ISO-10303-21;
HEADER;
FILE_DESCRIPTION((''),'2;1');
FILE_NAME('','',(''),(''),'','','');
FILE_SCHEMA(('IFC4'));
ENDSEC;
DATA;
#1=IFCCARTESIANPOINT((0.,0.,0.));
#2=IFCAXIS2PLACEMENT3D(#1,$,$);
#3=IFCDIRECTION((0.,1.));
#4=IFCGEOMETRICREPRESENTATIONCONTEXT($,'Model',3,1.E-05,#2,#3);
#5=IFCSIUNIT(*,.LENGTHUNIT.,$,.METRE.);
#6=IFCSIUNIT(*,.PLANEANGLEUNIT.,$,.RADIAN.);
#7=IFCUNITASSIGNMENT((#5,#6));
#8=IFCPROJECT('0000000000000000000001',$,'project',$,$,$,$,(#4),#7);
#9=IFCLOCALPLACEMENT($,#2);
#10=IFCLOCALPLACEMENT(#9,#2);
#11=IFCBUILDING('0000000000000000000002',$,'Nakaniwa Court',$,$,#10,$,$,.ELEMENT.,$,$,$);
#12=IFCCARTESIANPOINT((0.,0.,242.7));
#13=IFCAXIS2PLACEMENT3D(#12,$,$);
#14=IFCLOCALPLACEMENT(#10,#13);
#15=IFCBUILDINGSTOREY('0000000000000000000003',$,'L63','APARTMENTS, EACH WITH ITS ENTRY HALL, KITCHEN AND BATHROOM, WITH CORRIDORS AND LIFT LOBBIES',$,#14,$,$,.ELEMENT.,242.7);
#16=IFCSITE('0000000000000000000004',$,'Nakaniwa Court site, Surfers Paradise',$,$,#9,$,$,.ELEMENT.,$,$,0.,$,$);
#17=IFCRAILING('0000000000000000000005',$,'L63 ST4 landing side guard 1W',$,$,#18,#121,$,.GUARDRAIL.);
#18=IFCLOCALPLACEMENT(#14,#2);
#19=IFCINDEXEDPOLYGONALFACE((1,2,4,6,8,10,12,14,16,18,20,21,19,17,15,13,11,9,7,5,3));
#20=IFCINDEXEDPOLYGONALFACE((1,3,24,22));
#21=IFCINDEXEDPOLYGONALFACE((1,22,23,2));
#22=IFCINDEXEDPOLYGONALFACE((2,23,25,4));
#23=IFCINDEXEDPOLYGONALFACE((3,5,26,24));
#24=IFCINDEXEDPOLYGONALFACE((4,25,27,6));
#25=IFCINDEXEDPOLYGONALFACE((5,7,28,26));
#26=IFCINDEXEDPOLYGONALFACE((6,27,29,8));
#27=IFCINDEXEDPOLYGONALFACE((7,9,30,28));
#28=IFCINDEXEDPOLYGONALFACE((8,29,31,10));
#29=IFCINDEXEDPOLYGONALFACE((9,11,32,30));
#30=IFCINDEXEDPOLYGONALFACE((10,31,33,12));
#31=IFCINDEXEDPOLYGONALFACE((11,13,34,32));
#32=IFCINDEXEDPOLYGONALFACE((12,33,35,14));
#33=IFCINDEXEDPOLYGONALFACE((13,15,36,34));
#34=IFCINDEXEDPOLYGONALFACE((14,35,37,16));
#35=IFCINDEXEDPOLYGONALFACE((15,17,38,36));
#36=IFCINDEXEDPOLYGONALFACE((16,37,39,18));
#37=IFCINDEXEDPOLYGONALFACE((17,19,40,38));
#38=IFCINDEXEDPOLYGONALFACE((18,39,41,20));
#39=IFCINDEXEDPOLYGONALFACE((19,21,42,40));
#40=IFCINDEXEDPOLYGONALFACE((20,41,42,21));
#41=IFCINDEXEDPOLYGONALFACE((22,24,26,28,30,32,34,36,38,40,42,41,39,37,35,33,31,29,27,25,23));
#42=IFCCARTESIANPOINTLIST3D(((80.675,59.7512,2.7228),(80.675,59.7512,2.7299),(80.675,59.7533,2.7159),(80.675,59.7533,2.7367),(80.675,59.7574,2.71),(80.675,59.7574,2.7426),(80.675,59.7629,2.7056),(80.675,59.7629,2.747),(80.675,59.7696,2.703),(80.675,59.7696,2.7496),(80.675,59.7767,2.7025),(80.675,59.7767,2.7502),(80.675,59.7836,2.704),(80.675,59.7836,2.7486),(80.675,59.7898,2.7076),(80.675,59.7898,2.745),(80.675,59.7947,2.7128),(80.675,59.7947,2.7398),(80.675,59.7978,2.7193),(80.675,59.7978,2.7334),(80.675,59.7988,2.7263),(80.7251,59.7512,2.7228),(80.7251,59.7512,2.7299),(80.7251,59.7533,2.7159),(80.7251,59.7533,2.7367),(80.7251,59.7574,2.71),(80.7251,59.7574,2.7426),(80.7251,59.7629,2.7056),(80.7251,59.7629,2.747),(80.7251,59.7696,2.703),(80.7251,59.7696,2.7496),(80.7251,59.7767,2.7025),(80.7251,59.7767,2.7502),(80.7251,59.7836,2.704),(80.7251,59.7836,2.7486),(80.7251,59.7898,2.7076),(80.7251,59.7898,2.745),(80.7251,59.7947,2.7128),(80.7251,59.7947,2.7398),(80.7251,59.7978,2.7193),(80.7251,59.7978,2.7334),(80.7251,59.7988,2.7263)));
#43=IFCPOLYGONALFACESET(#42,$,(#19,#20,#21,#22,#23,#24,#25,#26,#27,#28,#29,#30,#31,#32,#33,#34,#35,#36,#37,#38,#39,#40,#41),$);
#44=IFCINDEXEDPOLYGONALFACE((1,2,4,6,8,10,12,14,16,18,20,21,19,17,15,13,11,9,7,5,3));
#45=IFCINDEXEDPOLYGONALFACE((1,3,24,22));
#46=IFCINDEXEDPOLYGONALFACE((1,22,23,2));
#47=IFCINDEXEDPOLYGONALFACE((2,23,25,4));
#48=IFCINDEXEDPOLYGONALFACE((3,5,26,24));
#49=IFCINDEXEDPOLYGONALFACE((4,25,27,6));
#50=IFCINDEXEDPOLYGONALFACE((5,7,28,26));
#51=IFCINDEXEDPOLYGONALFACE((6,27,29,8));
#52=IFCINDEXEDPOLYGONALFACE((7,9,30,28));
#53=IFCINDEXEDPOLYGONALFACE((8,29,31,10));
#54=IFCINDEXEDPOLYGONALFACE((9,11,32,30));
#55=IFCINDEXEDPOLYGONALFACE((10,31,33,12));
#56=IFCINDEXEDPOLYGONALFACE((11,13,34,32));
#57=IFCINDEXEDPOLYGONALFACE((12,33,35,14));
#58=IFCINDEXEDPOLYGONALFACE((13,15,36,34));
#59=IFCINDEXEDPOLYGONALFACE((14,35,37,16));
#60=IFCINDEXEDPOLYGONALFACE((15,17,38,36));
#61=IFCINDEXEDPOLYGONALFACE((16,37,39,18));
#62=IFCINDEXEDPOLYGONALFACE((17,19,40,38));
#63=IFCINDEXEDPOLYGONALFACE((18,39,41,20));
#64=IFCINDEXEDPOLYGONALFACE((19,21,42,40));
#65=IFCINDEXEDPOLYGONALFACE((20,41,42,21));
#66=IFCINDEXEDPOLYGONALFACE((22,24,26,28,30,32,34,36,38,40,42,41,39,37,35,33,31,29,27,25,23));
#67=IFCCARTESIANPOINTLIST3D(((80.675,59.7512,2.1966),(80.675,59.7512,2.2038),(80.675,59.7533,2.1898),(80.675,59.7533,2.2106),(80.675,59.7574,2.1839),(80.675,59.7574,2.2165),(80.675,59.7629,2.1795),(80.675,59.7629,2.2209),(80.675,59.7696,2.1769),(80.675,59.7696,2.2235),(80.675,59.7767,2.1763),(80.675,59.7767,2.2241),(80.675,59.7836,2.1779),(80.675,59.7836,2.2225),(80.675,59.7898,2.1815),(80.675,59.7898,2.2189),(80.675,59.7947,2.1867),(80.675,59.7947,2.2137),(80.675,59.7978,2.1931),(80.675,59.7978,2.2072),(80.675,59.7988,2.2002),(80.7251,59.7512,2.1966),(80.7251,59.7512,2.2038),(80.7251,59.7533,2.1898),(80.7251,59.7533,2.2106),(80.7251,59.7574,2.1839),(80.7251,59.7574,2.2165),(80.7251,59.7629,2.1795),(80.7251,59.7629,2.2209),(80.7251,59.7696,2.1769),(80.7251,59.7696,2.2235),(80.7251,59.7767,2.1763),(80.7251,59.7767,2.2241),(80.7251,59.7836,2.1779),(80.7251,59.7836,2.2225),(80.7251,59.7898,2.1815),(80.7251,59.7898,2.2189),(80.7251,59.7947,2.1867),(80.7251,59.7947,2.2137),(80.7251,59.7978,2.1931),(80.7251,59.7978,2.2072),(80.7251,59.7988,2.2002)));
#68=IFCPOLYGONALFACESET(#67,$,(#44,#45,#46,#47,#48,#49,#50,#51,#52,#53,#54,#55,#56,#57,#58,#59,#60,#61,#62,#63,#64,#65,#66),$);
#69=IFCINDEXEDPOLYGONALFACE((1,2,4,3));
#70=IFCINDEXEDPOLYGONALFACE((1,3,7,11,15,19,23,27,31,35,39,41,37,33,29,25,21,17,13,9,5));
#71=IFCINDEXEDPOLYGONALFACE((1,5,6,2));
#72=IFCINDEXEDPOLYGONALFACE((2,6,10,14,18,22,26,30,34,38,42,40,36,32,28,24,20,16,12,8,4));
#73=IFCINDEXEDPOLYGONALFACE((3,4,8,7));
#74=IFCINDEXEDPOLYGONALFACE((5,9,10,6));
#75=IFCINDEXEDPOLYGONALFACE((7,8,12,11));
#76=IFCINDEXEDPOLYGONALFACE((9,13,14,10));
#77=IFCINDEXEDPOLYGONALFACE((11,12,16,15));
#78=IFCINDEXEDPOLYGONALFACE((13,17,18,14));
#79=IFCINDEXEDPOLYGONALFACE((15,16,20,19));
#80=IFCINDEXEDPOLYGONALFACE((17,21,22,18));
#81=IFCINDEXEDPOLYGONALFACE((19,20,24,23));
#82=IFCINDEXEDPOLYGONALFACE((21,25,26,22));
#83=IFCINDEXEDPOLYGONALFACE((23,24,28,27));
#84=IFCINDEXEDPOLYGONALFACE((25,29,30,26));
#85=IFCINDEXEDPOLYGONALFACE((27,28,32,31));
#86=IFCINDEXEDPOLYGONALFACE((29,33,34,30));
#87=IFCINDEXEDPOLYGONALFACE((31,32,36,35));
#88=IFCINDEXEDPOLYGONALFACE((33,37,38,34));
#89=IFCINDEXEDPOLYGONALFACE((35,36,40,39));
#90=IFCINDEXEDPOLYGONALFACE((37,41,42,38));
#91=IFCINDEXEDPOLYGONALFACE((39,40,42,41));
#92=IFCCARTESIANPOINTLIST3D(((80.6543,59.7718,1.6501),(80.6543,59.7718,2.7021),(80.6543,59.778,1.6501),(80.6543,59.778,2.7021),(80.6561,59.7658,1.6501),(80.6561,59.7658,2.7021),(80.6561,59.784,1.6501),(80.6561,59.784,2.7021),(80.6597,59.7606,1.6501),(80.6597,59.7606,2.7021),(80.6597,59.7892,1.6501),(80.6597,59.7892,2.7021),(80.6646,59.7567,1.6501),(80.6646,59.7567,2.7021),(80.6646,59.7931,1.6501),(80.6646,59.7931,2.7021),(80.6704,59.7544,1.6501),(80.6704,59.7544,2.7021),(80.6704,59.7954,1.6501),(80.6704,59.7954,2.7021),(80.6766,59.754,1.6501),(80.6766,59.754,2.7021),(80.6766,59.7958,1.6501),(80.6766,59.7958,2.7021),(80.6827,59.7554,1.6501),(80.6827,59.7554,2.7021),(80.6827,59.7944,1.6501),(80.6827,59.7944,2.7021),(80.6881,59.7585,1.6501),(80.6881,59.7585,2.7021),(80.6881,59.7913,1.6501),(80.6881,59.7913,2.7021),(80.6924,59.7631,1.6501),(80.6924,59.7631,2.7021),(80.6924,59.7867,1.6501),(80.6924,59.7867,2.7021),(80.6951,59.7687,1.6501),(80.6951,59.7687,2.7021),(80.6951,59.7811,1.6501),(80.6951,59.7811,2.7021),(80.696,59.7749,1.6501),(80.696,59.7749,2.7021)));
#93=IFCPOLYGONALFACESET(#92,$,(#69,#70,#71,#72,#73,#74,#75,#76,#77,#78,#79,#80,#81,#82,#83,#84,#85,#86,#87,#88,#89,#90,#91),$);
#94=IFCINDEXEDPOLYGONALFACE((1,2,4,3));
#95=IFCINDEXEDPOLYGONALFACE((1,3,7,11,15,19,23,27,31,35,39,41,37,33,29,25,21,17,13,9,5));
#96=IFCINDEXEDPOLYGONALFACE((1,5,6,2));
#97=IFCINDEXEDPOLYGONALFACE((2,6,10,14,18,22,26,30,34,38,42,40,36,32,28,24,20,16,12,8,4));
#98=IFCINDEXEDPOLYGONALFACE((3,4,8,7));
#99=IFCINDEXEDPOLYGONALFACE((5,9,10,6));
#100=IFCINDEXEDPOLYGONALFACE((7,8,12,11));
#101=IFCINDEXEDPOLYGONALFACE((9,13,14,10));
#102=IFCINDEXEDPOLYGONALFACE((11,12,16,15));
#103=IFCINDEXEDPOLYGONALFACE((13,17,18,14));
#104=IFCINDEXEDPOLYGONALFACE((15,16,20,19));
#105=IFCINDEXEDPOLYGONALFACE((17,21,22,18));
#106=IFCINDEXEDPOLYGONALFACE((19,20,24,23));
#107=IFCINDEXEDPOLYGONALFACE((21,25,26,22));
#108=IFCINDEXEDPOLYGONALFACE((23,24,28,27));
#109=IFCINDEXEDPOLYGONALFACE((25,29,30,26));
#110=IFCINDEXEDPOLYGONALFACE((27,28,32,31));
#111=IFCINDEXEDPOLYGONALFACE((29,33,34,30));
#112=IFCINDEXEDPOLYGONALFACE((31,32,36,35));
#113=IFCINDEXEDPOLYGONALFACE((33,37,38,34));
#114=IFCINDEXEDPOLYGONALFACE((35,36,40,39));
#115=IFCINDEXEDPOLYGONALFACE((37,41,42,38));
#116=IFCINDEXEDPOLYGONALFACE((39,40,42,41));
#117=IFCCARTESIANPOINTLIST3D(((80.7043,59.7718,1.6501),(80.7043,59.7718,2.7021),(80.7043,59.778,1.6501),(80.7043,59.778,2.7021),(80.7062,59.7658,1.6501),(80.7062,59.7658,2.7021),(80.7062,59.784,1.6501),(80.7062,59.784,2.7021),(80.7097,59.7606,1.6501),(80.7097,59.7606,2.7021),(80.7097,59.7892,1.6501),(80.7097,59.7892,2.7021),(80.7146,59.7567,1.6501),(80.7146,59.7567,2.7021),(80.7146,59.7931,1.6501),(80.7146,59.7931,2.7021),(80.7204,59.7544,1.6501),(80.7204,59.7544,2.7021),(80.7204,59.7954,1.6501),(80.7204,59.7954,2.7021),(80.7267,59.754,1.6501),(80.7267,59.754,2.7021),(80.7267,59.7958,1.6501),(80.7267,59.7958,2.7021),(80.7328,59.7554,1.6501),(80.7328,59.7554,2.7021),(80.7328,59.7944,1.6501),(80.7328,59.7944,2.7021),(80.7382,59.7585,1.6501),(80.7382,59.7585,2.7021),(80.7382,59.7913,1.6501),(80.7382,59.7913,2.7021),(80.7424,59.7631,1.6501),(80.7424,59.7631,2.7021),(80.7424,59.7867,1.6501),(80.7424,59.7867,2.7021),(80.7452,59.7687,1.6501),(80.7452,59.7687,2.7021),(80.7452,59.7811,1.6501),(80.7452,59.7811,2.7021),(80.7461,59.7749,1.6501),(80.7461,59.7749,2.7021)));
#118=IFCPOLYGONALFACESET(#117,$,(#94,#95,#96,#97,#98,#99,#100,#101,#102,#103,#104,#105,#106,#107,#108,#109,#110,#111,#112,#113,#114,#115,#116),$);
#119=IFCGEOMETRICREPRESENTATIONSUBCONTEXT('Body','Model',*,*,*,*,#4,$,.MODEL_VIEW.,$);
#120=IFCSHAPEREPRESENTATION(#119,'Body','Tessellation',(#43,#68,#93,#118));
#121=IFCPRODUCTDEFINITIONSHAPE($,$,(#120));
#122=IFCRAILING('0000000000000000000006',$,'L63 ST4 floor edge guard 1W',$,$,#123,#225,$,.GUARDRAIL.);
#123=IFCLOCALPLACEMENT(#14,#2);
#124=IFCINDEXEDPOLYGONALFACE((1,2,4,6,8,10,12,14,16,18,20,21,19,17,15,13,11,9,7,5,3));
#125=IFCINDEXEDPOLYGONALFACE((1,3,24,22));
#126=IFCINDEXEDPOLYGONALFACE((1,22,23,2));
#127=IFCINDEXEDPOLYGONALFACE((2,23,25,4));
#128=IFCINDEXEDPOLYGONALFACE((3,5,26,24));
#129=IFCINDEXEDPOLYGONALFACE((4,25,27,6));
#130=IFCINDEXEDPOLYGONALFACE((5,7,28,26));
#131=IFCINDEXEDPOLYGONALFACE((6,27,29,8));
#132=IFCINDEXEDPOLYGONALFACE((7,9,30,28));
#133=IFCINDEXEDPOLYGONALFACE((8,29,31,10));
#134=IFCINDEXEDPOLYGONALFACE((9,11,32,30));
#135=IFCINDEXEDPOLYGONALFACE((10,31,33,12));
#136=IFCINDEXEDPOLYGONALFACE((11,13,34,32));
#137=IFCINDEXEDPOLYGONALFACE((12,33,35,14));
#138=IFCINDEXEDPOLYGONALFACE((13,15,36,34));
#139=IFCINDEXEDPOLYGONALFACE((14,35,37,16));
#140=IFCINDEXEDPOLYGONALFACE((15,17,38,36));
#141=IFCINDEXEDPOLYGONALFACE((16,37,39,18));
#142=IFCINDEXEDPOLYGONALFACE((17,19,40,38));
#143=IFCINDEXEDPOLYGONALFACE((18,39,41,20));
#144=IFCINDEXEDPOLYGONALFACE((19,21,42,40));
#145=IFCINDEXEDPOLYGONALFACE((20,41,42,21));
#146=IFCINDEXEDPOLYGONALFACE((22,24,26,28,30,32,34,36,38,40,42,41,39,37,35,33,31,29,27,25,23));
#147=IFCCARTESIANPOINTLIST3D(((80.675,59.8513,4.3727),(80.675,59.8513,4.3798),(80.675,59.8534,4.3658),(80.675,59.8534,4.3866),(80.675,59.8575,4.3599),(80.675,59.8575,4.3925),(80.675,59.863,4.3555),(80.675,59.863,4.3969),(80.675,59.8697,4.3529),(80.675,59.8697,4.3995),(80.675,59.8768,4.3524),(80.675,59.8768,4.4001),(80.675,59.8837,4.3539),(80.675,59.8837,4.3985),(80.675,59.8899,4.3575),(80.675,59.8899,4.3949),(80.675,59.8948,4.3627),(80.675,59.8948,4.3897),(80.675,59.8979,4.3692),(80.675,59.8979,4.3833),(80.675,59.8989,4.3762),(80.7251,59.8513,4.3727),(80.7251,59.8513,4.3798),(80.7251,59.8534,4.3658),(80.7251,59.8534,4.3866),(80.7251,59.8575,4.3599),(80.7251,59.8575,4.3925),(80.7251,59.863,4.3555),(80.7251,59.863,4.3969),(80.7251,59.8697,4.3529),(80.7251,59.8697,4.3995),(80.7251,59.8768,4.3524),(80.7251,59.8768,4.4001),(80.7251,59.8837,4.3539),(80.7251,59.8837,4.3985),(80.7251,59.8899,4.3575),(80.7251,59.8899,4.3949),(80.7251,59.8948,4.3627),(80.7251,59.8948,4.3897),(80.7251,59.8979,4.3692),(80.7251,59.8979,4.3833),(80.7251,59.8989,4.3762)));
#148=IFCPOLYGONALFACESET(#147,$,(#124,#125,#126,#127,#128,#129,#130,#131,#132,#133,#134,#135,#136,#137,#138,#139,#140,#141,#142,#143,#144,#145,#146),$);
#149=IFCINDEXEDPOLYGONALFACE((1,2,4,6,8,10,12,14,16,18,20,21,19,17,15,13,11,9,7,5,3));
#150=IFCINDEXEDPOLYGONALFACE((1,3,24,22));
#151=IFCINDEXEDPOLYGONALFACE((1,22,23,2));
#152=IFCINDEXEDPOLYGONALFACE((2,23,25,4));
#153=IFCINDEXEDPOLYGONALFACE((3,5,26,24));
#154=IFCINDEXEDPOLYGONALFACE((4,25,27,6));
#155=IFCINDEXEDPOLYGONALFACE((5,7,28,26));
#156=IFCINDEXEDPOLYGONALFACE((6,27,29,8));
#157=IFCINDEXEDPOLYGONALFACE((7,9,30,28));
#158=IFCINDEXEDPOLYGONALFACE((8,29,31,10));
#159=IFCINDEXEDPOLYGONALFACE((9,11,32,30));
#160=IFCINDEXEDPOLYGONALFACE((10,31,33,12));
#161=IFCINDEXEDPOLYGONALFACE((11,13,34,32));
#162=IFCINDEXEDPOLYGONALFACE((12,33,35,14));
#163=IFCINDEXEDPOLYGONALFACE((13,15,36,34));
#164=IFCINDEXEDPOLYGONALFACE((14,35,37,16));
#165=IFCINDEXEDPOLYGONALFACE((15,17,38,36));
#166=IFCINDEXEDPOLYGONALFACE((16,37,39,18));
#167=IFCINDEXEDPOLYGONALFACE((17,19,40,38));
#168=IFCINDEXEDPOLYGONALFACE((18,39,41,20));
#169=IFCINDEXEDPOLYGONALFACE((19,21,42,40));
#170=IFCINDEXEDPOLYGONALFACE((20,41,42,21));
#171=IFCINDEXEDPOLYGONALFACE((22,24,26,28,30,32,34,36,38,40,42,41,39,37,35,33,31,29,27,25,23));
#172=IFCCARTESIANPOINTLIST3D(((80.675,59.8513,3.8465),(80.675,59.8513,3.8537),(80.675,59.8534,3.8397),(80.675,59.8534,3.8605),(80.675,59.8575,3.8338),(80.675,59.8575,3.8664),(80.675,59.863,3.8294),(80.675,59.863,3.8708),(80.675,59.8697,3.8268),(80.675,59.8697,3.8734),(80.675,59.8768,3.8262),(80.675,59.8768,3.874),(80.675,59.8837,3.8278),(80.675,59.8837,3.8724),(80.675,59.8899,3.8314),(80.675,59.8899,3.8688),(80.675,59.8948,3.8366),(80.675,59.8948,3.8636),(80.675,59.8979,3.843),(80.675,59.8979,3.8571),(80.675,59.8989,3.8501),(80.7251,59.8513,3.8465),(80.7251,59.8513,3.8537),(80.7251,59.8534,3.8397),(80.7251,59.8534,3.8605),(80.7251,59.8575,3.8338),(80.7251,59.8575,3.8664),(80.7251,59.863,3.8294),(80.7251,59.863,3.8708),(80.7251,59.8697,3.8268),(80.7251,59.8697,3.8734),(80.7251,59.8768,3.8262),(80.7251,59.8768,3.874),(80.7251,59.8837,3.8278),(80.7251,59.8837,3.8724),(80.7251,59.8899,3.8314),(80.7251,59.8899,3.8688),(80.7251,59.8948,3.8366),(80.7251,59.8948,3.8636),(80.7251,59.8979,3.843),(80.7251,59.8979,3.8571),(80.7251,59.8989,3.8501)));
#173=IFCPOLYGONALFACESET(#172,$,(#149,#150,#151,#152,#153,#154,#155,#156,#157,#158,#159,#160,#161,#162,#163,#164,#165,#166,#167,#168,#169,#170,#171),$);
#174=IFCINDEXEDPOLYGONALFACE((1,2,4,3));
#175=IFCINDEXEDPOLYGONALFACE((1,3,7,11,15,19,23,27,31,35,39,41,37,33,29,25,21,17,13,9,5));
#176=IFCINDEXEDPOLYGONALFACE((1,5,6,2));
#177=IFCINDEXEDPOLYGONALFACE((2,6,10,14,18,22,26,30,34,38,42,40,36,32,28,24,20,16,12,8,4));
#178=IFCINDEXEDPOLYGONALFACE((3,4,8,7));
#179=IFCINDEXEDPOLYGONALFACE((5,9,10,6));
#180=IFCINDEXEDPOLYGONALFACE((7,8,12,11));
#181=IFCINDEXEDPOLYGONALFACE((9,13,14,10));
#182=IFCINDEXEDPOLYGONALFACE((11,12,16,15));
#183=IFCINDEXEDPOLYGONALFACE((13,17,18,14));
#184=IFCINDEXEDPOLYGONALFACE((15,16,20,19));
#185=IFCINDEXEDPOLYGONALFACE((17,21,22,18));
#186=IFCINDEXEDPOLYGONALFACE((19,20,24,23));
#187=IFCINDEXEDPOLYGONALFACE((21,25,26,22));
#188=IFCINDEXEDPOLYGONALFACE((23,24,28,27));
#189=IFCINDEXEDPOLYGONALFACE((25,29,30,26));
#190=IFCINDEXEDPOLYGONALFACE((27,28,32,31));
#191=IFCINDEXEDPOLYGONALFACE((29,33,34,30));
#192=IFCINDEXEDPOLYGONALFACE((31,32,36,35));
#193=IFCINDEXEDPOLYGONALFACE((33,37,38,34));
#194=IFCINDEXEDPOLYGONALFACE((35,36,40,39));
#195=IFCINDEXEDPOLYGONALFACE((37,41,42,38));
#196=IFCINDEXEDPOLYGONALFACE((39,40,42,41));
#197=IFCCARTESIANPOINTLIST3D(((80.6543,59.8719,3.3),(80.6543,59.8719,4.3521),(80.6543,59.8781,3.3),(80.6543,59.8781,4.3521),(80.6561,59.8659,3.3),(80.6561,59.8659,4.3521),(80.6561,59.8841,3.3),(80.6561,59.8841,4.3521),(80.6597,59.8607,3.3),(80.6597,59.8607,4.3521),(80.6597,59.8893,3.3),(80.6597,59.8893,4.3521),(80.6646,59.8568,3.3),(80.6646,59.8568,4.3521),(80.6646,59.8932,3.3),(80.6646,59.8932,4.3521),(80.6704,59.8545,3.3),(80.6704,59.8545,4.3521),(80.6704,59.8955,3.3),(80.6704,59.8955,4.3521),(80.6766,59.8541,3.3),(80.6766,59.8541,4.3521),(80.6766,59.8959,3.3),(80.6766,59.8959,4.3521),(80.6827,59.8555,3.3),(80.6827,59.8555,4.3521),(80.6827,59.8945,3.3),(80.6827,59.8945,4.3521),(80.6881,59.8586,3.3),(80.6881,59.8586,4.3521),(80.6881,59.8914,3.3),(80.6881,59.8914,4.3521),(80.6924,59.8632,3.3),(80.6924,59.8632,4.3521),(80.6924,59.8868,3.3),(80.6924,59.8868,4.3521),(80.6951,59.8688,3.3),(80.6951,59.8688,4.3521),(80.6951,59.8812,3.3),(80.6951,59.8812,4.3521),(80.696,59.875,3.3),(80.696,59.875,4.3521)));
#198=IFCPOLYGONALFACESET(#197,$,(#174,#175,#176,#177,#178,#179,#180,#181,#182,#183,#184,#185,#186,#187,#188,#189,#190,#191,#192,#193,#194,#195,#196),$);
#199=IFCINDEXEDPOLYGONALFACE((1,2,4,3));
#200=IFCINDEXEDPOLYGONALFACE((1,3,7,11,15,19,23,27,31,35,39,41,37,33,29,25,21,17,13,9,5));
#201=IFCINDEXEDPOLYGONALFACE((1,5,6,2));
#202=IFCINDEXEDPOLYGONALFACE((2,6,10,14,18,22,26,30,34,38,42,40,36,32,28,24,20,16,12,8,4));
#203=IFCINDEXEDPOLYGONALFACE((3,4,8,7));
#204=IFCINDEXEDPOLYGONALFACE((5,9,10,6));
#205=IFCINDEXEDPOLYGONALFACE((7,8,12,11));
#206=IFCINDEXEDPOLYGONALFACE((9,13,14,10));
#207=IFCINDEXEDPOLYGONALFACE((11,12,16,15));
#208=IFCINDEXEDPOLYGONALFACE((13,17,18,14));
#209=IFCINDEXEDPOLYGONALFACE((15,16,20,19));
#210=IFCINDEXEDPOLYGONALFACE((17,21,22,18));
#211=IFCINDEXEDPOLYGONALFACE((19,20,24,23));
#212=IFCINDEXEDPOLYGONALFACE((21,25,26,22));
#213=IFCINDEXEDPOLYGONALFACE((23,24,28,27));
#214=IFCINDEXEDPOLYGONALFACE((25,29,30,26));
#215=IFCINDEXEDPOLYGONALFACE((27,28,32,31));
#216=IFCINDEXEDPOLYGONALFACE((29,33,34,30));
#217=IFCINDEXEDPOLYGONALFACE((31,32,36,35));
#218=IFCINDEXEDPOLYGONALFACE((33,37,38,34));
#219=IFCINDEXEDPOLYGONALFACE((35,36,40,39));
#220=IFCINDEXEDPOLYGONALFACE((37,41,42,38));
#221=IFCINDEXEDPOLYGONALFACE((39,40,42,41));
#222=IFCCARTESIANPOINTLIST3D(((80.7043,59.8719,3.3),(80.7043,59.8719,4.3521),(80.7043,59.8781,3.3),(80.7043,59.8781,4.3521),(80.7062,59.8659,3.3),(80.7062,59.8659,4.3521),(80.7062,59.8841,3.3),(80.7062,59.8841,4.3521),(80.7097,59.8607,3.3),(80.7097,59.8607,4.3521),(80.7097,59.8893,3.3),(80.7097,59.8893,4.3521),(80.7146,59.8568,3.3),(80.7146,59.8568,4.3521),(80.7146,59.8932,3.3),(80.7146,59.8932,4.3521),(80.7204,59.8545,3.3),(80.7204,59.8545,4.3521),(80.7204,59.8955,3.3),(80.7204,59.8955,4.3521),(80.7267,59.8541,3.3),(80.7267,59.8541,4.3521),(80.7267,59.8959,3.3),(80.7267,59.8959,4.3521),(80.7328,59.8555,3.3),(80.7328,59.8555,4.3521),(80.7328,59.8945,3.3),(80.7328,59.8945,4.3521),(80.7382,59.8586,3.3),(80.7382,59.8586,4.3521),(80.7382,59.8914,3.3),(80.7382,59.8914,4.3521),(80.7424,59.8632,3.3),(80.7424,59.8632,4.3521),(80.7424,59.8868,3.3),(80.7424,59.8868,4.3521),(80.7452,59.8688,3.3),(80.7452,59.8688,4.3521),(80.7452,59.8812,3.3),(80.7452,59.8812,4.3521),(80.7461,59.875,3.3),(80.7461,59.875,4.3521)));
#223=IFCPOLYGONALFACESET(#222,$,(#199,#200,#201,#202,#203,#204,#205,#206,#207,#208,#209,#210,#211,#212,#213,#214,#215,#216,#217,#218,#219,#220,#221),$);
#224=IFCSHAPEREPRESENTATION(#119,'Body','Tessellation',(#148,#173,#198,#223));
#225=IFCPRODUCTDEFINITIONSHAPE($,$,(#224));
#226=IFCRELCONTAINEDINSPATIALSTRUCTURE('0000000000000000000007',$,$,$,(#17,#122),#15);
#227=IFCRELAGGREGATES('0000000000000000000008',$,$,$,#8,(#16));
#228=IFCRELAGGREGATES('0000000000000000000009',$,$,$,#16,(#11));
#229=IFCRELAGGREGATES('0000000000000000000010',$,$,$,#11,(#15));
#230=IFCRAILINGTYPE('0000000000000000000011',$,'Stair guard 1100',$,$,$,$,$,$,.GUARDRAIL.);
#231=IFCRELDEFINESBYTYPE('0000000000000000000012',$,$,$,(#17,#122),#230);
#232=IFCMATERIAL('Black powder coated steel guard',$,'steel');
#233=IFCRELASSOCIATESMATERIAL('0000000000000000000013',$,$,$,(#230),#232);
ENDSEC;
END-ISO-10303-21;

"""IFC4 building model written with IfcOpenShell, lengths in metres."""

from ifc_helpers import new_model, si_unit, direction, frame, origin, origin_2d, place, context, subcontext, project, spatial, circle, extrude, material, type_object, element, save


model = new_model("IFC4")

# Units and contexts
model_context = context("Model", 3, precision=1e-05, world=origin(), true_north=direction((0.0, 1.0)))
body_context = subcontext(model_context, "Body", "Model", "MODEL_VIEW")
ifc_project = project(units=[si_unit("LENGTHUNIT", "METRE"), si_unit("PLANEANGLEUNIT", "RADIAN")], contexts=[model_context])

# Site, building, storey
site_placement = place(None, origin())
site = spatial("IfcSite", under=ifc_project, at=site_placement, Name="Nakaniwa Court site, Surfers Paradise", CompositionType="ELEMENT", RefElevation=0.0)
building_placement = place(site_placement, origin())
building = spatial("IfcBuilding", under=site, at=building_placement, Name="Nakaniwa Court", CompositionType="ELEMENT")
storey_placement = place(building_placement, frame((0.0, 0.0, 242.7)))
storey = spatial("IfcBuildingStorey", under=building, at=storey_placement, Name="L63", Description="APARTMENTS, EACH WITH ITS ENTRY HALL, KITCHEN AND BATHROOM, WITH CORRIDORS AND LIFT LOBBIES", CompositionType="ELEMENT", Elevation=242.7)

# Railings
ifc_material_1 = material(Name="Black powder coated steel guard", Category="steel")
railing_type_1 = type_object("IfcRailingType", Name="Stair guard 1100", PredefinedType="GUARDRAIL", material=ifc_material_1)
for number, where, name in (
    (1, (80.675, 59.7749, 1.6501), "L63 ST4 landing side guard 1W"),
    (2, (80.675, 59.875, 3.3), "L63 ST4 floor edge guard 1W"),
):
    element("IfcRailing", number, at=place(storey_placement, frame(where)), inside=storey, type_object=railing_type_1, Name=name, PredefinedType="GUARDRAIL", context=body_context, shape_type="SweptSolid", body=[
        extrude(circle(Radius=0.0239, at=origin_2d()), frame((0.0, 0.0, 1.0762), z_axis=(1.0, 0.0, 0.0), x_axis=(0.0, 1.0, 0.0)), (0.0, 0.0, 1.0), 0.05),
        extrude(circle(Radius=0.0239, at=origin_2d()), frame((0.0, 0.0, 0.55), z_axis=(1.0, 0.0, 0.0), x_axis=(0.0, 1.0, 0.0)), (0.0, 0.0, 1.0), 0.05),
        extrude(circle(Radius=0.021, at=origin_2d()), origin(), (0.0, 0.0, 1.0), 1.052),
        extrude(circle(Radius=0.021, at=origin_2d()), frame((0.05, 0.0, 0.0)), (0.0, 0.0, 1.0), 1.052),
    ])

save(model, "model.ifc")
